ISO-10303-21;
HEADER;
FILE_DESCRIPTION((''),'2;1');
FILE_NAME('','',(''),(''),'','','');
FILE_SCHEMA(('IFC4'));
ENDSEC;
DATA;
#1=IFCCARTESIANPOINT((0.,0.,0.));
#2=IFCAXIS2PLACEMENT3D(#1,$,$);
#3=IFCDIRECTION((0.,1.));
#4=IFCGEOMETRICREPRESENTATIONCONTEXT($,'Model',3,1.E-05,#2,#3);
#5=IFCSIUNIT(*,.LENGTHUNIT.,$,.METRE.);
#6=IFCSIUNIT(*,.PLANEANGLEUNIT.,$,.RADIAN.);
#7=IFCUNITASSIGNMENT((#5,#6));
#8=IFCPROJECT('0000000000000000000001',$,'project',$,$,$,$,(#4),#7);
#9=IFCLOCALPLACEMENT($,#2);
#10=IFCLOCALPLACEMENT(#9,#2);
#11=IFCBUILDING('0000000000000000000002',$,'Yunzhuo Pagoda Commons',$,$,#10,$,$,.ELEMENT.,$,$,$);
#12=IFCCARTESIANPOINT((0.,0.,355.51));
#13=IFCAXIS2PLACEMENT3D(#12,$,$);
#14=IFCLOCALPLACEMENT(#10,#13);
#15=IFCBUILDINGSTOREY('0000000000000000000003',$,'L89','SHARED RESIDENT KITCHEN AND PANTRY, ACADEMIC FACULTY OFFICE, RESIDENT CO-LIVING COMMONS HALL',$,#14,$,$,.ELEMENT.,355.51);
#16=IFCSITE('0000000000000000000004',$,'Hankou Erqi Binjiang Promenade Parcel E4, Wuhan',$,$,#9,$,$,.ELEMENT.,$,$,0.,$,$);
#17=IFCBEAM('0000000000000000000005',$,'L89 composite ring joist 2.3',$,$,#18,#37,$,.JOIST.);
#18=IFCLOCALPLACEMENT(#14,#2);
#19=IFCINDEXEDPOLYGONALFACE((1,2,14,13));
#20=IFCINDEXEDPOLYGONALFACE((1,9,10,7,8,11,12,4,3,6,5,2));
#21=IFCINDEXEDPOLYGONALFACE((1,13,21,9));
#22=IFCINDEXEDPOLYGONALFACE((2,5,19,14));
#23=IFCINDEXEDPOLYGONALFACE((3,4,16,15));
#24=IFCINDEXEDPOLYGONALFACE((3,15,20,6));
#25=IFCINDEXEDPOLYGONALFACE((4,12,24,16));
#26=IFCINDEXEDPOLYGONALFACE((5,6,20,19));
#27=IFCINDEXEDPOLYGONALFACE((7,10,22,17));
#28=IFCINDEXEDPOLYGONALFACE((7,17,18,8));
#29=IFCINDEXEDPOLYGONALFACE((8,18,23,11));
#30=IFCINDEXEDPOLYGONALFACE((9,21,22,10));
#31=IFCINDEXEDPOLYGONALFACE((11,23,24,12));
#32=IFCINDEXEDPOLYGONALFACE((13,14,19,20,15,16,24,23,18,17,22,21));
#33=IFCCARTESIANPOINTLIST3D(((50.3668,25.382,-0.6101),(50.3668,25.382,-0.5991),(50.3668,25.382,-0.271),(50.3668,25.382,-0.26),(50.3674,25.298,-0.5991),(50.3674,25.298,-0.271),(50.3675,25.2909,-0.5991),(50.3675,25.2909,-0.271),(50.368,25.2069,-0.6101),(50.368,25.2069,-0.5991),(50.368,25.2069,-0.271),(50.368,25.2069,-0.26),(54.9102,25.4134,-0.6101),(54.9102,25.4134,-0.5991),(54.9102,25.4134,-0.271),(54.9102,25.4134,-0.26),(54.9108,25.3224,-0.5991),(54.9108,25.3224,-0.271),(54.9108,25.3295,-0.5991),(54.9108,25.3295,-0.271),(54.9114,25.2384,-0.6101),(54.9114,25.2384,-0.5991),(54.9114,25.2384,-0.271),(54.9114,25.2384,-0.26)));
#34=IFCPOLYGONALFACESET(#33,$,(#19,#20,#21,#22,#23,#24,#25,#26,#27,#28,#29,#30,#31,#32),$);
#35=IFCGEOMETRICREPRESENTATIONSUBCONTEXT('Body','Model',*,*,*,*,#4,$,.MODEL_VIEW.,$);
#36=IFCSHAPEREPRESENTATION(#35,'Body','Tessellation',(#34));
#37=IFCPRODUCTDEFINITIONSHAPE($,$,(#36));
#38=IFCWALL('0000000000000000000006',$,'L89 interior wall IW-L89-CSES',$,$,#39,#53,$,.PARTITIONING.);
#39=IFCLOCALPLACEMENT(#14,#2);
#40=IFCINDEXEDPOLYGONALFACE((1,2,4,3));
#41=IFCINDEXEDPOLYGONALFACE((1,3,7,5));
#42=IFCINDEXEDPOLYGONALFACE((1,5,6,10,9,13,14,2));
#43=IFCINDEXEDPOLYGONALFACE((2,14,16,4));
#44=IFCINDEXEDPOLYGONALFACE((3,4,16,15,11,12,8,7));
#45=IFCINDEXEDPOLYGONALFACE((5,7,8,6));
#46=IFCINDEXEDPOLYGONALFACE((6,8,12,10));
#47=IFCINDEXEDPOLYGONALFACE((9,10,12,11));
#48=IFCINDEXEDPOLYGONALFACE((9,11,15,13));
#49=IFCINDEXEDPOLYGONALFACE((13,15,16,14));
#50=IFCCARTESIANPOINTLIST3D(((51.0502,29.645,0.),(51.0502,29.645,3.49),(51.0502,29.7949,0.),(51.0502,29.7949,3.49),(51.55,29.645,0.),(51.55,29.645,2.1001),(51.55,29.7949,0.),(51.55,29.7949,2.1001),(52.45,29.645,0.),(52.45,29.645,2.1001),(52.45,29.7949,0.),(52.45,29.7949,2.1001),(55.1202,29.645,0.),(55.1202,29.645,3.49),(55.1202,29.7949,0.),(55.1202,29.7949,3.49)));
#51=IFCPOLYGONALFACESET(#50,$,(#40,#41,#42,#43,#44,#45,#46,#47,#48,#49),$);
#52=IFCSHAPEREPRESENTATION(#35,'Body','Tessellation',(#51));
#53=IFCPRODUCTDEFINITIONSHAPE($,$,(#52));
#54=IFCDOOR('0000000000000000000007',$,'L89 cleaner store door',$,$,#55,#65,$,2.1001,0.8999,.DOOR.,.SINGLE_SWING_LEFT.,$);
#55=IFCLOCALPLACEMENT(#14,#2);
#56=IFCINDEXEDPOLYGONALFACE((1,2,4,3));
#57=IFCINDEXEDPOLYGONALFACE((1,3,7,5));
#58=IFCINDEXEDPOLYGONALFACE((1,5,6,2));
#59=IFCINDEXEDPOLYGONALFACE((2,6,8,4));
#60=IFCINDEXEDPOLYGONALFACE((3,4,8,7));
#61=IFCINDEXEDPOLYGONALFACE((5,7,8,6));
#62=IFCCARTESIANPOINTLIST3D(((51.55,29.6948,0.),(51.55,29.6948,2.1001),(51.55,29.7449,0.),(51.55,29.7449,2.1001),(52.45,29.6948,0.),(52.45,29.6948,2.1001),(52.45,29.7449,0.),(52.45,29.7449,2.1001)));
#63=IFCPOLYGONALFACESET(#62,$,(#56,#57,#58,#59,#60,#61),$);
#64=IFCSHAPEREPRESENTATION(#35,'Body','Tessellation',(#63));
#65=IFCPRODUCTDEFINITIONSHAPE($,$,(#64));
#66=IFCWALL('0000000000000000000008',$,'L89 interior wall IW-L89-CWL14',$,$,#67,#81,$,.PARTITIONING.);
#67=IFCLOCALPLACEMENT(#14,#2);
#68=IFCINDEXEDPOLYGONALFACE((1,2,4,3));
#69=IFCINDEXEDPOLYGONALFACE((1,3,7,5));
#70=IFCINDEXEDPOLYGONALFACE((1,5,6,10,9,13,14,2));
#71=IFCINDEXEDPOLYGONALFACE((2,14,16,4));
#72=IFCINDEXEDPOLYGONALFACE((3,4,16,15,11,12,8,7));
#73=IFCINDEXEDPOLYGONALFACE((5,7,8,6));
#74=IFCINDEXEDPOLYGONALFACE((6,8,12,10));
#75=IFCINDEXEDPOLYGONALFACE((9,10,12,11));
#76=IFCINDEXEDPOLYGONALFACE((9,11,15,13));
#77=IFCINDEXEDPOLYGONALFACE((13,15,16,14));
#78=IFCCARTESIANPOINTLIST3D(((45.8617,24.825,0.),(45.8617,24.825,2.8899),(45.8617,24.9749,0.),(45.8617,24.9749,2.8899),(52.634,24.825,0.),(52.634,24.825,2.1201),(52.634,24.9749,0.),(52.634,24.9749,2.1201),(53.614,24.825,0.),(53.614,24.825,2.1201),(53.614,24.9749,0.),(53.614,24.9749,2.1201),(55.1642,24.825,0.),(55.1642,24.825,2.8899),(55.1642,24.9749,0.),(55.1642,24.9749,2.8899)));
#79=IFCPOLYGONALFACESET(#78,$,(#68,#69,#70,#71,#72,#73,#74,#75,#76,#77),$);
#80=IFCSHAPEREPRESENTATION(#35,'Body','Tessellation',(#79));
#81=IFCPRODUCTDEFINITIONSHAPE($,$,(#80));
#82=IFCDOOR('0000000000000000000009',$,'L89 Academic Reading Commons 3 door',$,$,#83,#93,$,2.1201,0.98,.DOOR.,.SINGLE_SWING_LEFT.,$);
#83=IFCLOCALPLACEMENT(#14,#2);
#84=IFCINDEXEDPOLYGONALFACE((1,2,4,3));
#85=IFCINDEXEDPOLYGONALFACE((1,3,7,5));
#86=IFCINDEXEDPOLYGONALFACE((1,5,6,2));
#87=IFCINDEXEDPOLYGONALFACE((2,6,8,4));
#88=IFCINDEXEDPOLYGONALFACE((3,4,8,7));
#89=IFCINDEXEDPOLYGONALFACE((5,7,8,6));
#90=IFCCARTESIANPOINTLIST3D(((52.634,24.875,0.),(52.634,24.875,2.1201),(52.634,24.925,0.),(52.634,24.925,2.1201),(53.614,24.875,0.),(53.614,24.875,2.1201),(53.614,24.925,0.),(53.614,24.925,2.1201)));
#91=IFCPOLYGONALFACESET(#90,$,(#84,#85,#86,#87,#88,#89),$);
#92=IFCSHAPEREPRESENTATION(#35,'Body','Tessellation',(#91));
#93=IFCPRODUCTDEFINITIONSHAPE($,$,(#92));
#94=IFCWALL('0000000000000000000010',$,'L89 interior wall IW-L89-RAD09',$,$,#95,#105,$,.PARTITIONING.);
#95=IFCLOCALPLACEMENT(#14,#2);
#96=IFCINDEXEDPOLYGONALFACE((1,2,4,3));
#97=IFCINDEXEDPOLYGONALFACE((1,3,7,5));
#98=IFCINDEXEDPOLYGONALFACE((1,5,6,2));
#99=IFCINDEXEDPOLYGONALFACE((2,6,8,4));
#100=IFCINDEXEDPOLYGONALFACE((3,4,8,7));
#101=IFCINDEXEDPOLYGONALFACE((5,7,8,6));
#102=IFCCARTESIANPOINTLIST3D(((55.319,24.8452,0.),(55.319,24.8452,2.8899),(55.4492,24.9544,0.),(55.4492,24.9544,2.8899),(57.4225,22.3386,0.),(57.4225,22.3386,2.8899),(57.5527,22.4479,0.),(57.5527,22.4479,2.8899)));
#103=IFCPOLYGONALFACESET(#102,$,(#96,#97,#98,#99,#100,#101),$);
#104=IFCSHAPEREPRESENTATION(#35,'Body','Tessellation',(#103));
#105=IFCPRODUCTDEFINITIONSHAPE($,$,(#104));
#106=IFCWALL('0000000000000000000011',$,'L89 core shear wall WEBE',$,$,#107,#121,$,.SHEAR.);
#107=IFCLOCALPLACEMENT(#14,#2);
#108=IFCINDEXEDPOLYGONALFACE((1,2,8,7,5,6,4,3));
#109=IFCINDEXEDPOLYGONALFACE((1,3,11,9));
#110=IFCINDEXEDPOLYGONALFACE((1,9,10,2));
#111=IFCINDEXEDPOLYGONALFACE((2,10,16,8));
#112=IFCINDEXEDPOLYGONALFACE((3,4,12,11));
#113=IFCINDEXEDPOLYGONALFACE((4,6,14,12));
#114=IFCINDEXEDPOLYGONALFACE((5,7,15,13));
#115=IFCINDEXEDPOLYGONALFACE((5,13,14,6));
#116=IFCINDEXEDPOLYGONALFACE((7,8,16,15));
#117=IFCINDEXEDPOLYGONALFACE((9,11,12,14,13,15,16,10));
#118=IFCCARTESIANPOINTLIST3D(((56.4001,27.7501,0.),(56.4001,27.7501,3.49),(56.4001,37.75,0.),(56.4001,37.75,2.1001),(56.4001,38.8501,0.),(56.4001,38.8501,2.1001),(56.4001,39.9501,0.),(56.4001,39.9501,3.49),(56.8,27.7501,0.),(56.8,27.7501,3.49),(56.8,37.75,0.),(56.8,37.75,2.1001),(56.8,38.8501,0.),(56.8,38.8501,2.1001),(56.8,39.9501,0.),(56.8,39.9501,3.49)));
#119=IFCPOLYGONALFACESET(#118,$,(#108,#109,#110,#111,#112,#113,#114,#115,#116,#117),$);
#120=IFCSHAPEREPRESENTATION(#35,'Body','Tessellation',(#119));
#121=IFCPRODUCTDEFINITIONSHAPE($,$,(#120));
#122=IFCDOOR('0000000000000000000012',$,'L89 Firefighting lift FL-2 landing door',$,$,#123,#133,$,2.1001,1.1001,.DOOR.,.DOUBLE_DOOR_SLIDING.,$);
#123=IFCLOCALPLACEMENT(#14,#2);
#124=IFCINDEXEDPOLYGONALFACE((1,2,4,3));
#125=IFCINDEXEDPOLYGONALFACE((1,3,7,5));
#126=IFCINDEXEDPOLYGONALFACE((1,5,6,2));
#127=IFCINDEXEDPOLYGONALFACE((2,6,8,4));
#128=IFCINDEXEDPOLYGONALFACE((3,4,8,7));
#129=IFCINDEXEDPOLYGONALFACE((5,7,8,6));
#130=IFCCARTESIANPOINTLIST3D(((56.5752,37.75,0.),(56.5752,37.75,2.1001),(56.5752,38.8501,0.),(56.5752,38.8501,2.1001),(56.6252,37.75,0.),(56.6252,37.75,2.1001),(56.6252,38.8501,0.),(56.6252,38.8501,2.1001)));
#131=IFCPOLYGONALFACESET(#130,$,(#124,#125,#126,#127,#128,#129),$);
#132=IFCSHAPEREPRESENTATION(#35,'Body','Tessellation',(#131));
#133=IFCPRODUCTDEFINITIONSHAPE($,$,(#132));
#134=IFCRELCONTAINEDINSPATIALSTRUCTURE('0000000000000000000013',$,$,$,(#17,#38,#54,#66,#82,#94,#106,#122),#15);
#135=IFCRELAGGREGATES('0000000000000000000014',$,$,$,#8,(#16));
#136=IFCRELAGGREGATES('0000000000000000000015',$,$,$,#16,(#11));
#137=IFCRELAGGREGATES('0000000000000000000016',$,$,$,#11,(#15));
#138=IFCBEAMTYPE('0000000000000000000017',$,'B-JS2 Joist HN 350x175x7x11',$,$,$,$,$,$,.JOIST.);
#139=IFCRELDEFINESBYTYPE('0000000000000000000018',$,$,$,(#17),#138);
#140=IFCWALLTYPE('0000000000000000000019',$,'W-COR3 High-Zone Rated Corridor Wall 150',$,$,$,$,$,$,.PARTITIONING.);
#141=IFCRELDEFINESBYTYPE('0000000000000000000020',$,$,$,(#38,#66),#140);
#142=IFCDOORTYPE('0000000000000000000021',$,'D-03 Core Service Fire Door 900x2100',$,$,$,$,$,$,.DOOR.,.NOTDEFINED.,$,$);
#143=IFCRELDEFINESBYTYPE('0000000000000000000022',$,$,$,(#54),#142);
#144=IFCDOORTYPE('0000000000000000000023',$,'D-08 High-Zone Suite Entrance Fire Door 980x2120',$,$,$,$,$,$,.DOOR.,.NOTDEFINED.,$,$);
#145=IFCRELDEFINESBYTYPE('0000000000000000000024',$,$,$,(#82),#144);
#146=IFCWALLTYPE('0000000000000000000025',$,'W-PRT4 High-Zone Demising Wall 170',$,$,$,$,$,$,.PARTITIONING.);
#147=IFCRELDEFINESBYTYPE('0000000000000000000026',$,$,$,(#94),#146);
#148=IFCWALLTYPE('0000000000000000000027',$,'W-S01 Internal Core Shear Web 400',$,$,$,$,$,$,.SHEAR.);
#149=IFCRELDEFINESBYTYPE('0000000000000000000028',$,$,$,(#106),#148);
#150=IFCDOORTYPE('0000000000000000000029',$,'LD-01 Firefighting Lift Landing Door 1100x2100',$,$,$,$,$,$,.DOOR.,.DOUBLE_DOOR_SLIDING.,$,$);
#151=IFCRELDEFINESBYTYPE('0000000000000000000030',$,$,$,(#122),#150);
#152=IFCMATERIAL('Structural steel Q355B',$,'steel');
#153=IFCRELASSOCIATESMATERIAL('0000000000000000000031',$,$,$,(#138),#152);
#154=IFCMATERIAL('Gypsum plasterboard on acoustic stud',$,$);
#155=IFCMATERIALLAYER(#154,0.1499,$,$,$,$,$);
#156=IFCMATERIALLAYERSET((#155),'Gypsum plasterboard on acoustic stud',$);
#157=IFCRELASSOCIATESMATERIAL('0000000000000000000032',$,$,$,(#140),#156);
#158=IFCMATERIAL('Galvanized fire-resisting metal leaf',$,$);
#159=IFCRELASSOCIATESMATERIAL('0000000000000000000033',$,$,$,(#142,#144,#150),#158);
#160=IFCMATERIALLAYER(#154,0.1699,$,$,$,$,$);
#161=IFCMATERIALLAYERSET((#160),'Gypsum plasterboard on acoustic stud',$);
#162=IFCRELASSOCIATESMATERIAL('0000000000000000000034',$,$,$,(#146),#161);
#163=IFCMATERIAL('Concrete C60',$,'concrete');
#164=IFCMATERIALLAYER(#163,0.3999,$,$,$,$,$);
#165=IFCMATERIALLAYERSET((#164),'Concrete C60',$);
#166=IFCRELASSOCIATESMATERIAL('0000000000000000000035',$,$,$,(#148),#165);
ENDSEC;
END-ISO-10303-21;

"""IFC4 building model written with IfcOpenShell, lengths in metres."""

from ifc_helpers import new_model, si_unit, direction, frame, frame_2d, origin, origin_with_axes, origin_2d, place, context, subcontext, project, spatial, rectangle, i_section, extrude, source, transform, mapped, material, layer, layer_set, material_profile, profile_set, type_object, element, fill, save


model = new_model("IFC4")

# Units and contexts
model_context = context("Model", 3, precision=1e-05, world=origin(), true_north=direction((0.0, 1.0)))
body_context = subcontext(model_context, "Body", "Model", "MODEL_VIEW")
ifc_project = project(units=[si_unit("LENGTHUNIT", "METRE"), si_unit("PLANEANGLEUNIT", "RADIAN")], contexts=[model_context])

# Site, building, storey
site_placement = place(None, origin())
site = spatial("IfcSite", under=ifc_project, at=site_placement, Name="Hankou Erqi Binjiang Promenade Parcel E4, Wuhan", CompositionType="ELEMENT", RefElevation=0.0)
building_placement = place(site_placement, origin())
building = spatial("IfcBuilding", under=site, at=building_placement, Name="Yunzhuo Pagoda Commons", CompositionType="ELEMENT")
storey_placement = place(building_placement, frame((0.0, 0.0, 355.51)))
storey = spatial("IfcBuildingStorey", under=building, at=storey_placement, Name="L89", Description="SHARED RESIDENT KITCHEN AND PANTRY, ACADEMIC FACULTY OFFICE, RESIDENT CO-LIVING COMMONS HALL", CompositionType="ELEMENT", Elevation=355.51)

# Shared definitions
ifc_material_1 = material(Name="Structural steel Q355B", Category="steel")

# Beam
ifc_material_profile_1 = material_profile(ifc_material_1, i_section(OverallWidth=0.175, OverallDepth=0.3501, WebThickness=0.0071, FlangeThickness=0.011, at=origin_2d()), Name="Structural steel Q355B")
ifc_profile_set_1 = profile_set([ifc_material_profile_1], Name="Structural steel Q355B")
beam_type_1 = type_object("IfcBeamType", Name="B-JS2 Joist HN 350x175x7x11", PredefinedType="JOIST", material=ifc_profile_set_1)
shared_shape_1 = source(origin(), body_context, "Body", "SweptSolid", [
    extrude(i_section(OverallWidth=0.175, OverallDepth=0.3501, WebThickness=0.0071, FlangeThickness=0.011, at=origin_2d()), origin(), (0.0, 0.0, 1.0), 4.5435),
])
beam_1_placement = place(storey_placement, frame((50.3674, 25.2944, -0.4351), z_axis=(0.999976, 0.006932, 0.0), x_axis=(-0.006932, 0.999976, 0.0)))
element("IfcBeam", 1, at=beam_1_placement, inside=storey, type_object=beam_type_1, Name="L89 composite ring joist 2.3", PredefinedType="JOIST", context=body_context, shape_type="MappedRepresentation", body=[
    mapped(shared_shape_1, transform((0.0, 0.0, 0.0), scale=1.0)),
])

# Walls, openings, doors
ifc_material_2 = material(Name="Gypsum plasterboard on acoustic stud")
ifc_layer_1 = layer(ifc_material_2, 0.1499)
ifc_layer_set_1 = layer_set([ifc_layer_1], Name="Gypsum plasterboard on acoustic stud")
wall_type_1 = type_object("IfcWallType", Name="W-COR3 High-Zone Rated Corridor Wall 150", PredefinedType="PARTITIONING", material=ifc_layer_set_1)
wall_1_placement = place(storey_placement, frame((51.05, 29.72, 0.0), z_axis=(0.0, 0.0, 1.0), x_axis=(1.0, 0.0, 0.0)))
wall_1 = element("IfcWall", 2, at=wall_1_placement, inside=storey, type_object=wall_type_1, Name="L89 interior wall IW-L89-CSES", PredefinedType="PARTITIONING", context=body_context, shape_type="SweptSolid", body=[
    extrude(rectangle(XDim=4.0701, YDim=0.1499, at=frame_2d((2.0352, 0.0))), origin(), (0.0, 0.0, 1.0), 3.49),
])
opening_1_placement = place(wall_1_placement, frame((0.5, 0.0, 0.0)))
opening_1 = element("IfcOpeningElement", 3, at=opening_1_placement, cuts=wall_1, PredefinedType="OPENING", context=body_context, shape_type="SweptSolid", body=[
    extrude(rectangle(XDim=0.8999, YDim=2.1001, at=frame_2d((0.45, 1.05))), frame((0.0, 0.085, 0.0), z_axis=(0.0, -1.0, 0.0), x_axis=(1.0, 0.0, 0.0)), (0.0, 0.0, 1.0), 0.1699),
])
ifc_material_3 = material(Name="Galvanized fire-resisting metal leaf")
door_type_1 = type_object("IfcDoorType", Name="D-03 Core Service Fire Door 900x2100", OperationType="NOTDEFINED", PredefinedType="DOOR", material=ifc_material_3)
shared_shape_2 = source(origin(), body_context, "Body", "SweptSolid", [
    extrude(rectangle(XDim=0.8999, YDim=2.1001, at=frame_2d((0.45, 1.05))), frame((0.0, 0.0249, 0.0), z_axis=(0.0, -1.0, 0.0), x_axis=(1.0, 0.0, 0.0)), (0.0, 0.0, 1.0), 0.05),
])
door_1_placement = place(opening_1_placement, origin_with_axes())
door_1 = element("IfcDoor", 4, at=door_1_placement, inside=storey, type_object=door_type_1, Name="L89 cleaner store door", OperationType="SINGLE_SWING_LEFT", OverallHeight=2.1001, OverallWidth=0.8999, PredefinedType="DOOR", context=body_context, shape_type="MappedRepresentation", body=[
    mapped(shared_shape_2, transform((0.0, 0.0, 0.0), scale=1.0)),
])
fill(opening_1, door_1)
wall_2_placement = place(storey_placement, frame((55.1643, 24.8999, 0.0), z_axis=(0.0, 0.0, 1.0), x_axis=(-1.0, 0.0, 0.0)))
wall_2 = element("IfcWall", 5, at=wall_2_placement, inside=storey, type_object=wall_type_1, Name="L89 interior wall IW-L89-CWL14", PredefinedType="PARTITIONING", context=body_context, shape_type="SweptSolid", body=[
    extrude(rectangle(XDim=9.3025, YDim=0.1499, at=frame_2d((4.6514, 0.0))), origin(), (0.0, 0.0, 1.0), 2.8899),
])
opening_2_placement = place(wall_2_placement, frame((1.5503, 0.0, 0.0)))
opening_2 = element("IfcOpeningElement", 6, at=opening_2_placement, cuts=wall_2, PredefinedType="OPENING", context=body_context, shape_type="SweptSolid", body=[
    extrude(rectangle(XDim=0.98, YDim=2.1201, at=frame_2d((0.49, 1.0601))), frame((0.0, 0.085, 0.0), z_axis=(0.0, -1.0, 0.0), x_axis=(1.0, 0.0, 0.0)), (0.0, 0.0, 1.0), 0.1699),
])
door_type_2 = type_object("IfcDoorType", Name="D-08 High-Zone Suite Entrance Fire Door 980x2120", OperationType="NOTDEFINED", PredefinedType="DOOR", material=ifc_material_3)
shared_shape_3 = source(origin(), body_context, "Body", "SweptSolid", [
    extrude(rectangle(XDim=0.98, YDim=2.1201, at=frame_2d((0.49, 1.0601))), frame((0.0, 0.0249, 0.0), z_axis=(0.0, -1.0, 0.0), x_axis=(1.0, 0.0, 0.0)), (0.0, 0.0, 1.0), 0.05),
])
door_2_placement = place(opening_2_placement, origin_with_axes())
door_2 = element("IfcDoor", 7, at=door_2_placement, inside=storey, type_object=door_type_2, Name="L89 Academic Reading Commons 3 door", OperationType="SINGLE_SWING_LEFT", OverallHeight=2.1201, OverallWidth=0.98, PredefinedType="DOOR", context=body_context, shape_type="MappedRepresentation", body=[
    mapped(shared_shape_3, transform((0.0, 0.0, 0.0), scale=1.0)),
])
fill(opening_2, door_2)

# Wall
ifc_layer_2 = layer(ifc_material_2, 0.1699)
ifc_layer_set_2 = layer_set([ifc_layer_2], Name="Gypsum plasterboard on acoustic stud")
wall_type_2 = type_object("IfcWallType", Name="W-PRT4 High-Zone Demising Wall 170", PredefinedType="PARTITIONING", material=ifc_layer_set_2)
wall_3_placement = place(storey_placement, frame((55.384, 24.8999, 0.0), z_axis=(0.0, 0.0, 1.0), x_axis=(0.64283, -0.766009, 0.0)))
element("IfcWall", 8, at=wall_3_placement, inside=storey, type_object=wall_type_2, Name="L89 interior wall IW-L89-RAD09", PredefinedType="PARTITIONING", context=body_context, shape_type="SweptSolid", body=[
    extrude(rectangle(XDim=3.2722, YDim=0.1699, at=frame_2d((1.6362, 0.0))), origin(), (0.0, 0.0, 1.0), 2.8899),
])

# Wall, opening, door
ifc_material_4 = material(Name="Concrete C60", Category="concrete")
ifc_layer_3 = layer(ifc_material_4, 0.3999)
ifc_layer_set_3 = layer_set([ifc_layer_3], Name="Concrete C60")
wall_type_3 = type_object("IfcWallType", Name="W-S01 Internal Core Shear Web 400", PredefinedType="SHEAR", material=ifc_layer_set_3)
wall_4_placement = place(storey_placement, frame((56.6001, 27.75, 0.0), z_axis=(0.0, 0.0, 1.0), x_axis=(0.0, 1.0, 0.0)))
wall_4 = element("IfcWall", 9, at=wall_4_placement, inside=storey, type_object=wall_type_3, Name="L89 core shear wall WEBE", PredefinedType="SHEAR", context=body_context, shape_type="SweptSolid", body=[
    extrude(rectangle(XDim=12.2, YDim=0.3999, at=frame_2d((6.1001, 0.0))), origin(), (0.0, 0.0, 1.0), 3.49),
])
opening_3_placement = place(wall_4_placement, frame((10.0, 0.0, 0.0)))
opening_3 = element("IfcOpeningElement", 10, at=opening_3_placement, cuts=wall_4, PredefinedType="OPENING", context=body_context, shape_type="SweptSolid", body=[
    extrude(rectangle(XDim=1.1001, YDim=2.1001, at=frame_2d((0.55, 1.05))), frame((0.0, 0.21, 0.0), z_axis=(0.0, -1.0, 0.0), x_axis=(1.0, 0.0, 0.0)), (0.0, 0.0, 1.0), 0.4199),
])
door_type_3 = type_object("IfcDoorType", Name="LD-01 Firefighting Lift Landing Door 1100x2100", OperationType="DOUBLE_DOOR_SLIDING", PredefinedType="DOOR", material=ifc_material_3)
shared_shape_4 = source(origin(), body_context, "Body", "SweptSolid", [
    extrude(rectangle(XDim=1.1001, YDim=2.1001, at=frame_2d((0.55, 1.05))), frame((0.0, 0.0249, 0.0), z_axis=(0.0, -1.0, 0.0), x_axis=(1.0, 0.0, 0.0)), (0.0, 0.0, 1.0), 0.05),
])
door_3_placement = place(opening_3_placement, origin_with_axes())
door_3 = element("IfcDoor", 11, at=door_3_placement, inside=storey, type_object=door_type_3, Name="L89 Firefighting lift FL-2 landing door", OperationType="DOUBLE_DOOR_SLIDING", OverallHeight=2.1001, OverallWidth=1.1001, PredefinedType="DOOR", context=body_context, shape_type="MappedRepresentation", body=[
    mapped(shared_shape_4, transform((0.0, 0.0, 0.0), scale=1.0)),
])
fill(opening_3, door_3)

save(model, "model.ifc")
